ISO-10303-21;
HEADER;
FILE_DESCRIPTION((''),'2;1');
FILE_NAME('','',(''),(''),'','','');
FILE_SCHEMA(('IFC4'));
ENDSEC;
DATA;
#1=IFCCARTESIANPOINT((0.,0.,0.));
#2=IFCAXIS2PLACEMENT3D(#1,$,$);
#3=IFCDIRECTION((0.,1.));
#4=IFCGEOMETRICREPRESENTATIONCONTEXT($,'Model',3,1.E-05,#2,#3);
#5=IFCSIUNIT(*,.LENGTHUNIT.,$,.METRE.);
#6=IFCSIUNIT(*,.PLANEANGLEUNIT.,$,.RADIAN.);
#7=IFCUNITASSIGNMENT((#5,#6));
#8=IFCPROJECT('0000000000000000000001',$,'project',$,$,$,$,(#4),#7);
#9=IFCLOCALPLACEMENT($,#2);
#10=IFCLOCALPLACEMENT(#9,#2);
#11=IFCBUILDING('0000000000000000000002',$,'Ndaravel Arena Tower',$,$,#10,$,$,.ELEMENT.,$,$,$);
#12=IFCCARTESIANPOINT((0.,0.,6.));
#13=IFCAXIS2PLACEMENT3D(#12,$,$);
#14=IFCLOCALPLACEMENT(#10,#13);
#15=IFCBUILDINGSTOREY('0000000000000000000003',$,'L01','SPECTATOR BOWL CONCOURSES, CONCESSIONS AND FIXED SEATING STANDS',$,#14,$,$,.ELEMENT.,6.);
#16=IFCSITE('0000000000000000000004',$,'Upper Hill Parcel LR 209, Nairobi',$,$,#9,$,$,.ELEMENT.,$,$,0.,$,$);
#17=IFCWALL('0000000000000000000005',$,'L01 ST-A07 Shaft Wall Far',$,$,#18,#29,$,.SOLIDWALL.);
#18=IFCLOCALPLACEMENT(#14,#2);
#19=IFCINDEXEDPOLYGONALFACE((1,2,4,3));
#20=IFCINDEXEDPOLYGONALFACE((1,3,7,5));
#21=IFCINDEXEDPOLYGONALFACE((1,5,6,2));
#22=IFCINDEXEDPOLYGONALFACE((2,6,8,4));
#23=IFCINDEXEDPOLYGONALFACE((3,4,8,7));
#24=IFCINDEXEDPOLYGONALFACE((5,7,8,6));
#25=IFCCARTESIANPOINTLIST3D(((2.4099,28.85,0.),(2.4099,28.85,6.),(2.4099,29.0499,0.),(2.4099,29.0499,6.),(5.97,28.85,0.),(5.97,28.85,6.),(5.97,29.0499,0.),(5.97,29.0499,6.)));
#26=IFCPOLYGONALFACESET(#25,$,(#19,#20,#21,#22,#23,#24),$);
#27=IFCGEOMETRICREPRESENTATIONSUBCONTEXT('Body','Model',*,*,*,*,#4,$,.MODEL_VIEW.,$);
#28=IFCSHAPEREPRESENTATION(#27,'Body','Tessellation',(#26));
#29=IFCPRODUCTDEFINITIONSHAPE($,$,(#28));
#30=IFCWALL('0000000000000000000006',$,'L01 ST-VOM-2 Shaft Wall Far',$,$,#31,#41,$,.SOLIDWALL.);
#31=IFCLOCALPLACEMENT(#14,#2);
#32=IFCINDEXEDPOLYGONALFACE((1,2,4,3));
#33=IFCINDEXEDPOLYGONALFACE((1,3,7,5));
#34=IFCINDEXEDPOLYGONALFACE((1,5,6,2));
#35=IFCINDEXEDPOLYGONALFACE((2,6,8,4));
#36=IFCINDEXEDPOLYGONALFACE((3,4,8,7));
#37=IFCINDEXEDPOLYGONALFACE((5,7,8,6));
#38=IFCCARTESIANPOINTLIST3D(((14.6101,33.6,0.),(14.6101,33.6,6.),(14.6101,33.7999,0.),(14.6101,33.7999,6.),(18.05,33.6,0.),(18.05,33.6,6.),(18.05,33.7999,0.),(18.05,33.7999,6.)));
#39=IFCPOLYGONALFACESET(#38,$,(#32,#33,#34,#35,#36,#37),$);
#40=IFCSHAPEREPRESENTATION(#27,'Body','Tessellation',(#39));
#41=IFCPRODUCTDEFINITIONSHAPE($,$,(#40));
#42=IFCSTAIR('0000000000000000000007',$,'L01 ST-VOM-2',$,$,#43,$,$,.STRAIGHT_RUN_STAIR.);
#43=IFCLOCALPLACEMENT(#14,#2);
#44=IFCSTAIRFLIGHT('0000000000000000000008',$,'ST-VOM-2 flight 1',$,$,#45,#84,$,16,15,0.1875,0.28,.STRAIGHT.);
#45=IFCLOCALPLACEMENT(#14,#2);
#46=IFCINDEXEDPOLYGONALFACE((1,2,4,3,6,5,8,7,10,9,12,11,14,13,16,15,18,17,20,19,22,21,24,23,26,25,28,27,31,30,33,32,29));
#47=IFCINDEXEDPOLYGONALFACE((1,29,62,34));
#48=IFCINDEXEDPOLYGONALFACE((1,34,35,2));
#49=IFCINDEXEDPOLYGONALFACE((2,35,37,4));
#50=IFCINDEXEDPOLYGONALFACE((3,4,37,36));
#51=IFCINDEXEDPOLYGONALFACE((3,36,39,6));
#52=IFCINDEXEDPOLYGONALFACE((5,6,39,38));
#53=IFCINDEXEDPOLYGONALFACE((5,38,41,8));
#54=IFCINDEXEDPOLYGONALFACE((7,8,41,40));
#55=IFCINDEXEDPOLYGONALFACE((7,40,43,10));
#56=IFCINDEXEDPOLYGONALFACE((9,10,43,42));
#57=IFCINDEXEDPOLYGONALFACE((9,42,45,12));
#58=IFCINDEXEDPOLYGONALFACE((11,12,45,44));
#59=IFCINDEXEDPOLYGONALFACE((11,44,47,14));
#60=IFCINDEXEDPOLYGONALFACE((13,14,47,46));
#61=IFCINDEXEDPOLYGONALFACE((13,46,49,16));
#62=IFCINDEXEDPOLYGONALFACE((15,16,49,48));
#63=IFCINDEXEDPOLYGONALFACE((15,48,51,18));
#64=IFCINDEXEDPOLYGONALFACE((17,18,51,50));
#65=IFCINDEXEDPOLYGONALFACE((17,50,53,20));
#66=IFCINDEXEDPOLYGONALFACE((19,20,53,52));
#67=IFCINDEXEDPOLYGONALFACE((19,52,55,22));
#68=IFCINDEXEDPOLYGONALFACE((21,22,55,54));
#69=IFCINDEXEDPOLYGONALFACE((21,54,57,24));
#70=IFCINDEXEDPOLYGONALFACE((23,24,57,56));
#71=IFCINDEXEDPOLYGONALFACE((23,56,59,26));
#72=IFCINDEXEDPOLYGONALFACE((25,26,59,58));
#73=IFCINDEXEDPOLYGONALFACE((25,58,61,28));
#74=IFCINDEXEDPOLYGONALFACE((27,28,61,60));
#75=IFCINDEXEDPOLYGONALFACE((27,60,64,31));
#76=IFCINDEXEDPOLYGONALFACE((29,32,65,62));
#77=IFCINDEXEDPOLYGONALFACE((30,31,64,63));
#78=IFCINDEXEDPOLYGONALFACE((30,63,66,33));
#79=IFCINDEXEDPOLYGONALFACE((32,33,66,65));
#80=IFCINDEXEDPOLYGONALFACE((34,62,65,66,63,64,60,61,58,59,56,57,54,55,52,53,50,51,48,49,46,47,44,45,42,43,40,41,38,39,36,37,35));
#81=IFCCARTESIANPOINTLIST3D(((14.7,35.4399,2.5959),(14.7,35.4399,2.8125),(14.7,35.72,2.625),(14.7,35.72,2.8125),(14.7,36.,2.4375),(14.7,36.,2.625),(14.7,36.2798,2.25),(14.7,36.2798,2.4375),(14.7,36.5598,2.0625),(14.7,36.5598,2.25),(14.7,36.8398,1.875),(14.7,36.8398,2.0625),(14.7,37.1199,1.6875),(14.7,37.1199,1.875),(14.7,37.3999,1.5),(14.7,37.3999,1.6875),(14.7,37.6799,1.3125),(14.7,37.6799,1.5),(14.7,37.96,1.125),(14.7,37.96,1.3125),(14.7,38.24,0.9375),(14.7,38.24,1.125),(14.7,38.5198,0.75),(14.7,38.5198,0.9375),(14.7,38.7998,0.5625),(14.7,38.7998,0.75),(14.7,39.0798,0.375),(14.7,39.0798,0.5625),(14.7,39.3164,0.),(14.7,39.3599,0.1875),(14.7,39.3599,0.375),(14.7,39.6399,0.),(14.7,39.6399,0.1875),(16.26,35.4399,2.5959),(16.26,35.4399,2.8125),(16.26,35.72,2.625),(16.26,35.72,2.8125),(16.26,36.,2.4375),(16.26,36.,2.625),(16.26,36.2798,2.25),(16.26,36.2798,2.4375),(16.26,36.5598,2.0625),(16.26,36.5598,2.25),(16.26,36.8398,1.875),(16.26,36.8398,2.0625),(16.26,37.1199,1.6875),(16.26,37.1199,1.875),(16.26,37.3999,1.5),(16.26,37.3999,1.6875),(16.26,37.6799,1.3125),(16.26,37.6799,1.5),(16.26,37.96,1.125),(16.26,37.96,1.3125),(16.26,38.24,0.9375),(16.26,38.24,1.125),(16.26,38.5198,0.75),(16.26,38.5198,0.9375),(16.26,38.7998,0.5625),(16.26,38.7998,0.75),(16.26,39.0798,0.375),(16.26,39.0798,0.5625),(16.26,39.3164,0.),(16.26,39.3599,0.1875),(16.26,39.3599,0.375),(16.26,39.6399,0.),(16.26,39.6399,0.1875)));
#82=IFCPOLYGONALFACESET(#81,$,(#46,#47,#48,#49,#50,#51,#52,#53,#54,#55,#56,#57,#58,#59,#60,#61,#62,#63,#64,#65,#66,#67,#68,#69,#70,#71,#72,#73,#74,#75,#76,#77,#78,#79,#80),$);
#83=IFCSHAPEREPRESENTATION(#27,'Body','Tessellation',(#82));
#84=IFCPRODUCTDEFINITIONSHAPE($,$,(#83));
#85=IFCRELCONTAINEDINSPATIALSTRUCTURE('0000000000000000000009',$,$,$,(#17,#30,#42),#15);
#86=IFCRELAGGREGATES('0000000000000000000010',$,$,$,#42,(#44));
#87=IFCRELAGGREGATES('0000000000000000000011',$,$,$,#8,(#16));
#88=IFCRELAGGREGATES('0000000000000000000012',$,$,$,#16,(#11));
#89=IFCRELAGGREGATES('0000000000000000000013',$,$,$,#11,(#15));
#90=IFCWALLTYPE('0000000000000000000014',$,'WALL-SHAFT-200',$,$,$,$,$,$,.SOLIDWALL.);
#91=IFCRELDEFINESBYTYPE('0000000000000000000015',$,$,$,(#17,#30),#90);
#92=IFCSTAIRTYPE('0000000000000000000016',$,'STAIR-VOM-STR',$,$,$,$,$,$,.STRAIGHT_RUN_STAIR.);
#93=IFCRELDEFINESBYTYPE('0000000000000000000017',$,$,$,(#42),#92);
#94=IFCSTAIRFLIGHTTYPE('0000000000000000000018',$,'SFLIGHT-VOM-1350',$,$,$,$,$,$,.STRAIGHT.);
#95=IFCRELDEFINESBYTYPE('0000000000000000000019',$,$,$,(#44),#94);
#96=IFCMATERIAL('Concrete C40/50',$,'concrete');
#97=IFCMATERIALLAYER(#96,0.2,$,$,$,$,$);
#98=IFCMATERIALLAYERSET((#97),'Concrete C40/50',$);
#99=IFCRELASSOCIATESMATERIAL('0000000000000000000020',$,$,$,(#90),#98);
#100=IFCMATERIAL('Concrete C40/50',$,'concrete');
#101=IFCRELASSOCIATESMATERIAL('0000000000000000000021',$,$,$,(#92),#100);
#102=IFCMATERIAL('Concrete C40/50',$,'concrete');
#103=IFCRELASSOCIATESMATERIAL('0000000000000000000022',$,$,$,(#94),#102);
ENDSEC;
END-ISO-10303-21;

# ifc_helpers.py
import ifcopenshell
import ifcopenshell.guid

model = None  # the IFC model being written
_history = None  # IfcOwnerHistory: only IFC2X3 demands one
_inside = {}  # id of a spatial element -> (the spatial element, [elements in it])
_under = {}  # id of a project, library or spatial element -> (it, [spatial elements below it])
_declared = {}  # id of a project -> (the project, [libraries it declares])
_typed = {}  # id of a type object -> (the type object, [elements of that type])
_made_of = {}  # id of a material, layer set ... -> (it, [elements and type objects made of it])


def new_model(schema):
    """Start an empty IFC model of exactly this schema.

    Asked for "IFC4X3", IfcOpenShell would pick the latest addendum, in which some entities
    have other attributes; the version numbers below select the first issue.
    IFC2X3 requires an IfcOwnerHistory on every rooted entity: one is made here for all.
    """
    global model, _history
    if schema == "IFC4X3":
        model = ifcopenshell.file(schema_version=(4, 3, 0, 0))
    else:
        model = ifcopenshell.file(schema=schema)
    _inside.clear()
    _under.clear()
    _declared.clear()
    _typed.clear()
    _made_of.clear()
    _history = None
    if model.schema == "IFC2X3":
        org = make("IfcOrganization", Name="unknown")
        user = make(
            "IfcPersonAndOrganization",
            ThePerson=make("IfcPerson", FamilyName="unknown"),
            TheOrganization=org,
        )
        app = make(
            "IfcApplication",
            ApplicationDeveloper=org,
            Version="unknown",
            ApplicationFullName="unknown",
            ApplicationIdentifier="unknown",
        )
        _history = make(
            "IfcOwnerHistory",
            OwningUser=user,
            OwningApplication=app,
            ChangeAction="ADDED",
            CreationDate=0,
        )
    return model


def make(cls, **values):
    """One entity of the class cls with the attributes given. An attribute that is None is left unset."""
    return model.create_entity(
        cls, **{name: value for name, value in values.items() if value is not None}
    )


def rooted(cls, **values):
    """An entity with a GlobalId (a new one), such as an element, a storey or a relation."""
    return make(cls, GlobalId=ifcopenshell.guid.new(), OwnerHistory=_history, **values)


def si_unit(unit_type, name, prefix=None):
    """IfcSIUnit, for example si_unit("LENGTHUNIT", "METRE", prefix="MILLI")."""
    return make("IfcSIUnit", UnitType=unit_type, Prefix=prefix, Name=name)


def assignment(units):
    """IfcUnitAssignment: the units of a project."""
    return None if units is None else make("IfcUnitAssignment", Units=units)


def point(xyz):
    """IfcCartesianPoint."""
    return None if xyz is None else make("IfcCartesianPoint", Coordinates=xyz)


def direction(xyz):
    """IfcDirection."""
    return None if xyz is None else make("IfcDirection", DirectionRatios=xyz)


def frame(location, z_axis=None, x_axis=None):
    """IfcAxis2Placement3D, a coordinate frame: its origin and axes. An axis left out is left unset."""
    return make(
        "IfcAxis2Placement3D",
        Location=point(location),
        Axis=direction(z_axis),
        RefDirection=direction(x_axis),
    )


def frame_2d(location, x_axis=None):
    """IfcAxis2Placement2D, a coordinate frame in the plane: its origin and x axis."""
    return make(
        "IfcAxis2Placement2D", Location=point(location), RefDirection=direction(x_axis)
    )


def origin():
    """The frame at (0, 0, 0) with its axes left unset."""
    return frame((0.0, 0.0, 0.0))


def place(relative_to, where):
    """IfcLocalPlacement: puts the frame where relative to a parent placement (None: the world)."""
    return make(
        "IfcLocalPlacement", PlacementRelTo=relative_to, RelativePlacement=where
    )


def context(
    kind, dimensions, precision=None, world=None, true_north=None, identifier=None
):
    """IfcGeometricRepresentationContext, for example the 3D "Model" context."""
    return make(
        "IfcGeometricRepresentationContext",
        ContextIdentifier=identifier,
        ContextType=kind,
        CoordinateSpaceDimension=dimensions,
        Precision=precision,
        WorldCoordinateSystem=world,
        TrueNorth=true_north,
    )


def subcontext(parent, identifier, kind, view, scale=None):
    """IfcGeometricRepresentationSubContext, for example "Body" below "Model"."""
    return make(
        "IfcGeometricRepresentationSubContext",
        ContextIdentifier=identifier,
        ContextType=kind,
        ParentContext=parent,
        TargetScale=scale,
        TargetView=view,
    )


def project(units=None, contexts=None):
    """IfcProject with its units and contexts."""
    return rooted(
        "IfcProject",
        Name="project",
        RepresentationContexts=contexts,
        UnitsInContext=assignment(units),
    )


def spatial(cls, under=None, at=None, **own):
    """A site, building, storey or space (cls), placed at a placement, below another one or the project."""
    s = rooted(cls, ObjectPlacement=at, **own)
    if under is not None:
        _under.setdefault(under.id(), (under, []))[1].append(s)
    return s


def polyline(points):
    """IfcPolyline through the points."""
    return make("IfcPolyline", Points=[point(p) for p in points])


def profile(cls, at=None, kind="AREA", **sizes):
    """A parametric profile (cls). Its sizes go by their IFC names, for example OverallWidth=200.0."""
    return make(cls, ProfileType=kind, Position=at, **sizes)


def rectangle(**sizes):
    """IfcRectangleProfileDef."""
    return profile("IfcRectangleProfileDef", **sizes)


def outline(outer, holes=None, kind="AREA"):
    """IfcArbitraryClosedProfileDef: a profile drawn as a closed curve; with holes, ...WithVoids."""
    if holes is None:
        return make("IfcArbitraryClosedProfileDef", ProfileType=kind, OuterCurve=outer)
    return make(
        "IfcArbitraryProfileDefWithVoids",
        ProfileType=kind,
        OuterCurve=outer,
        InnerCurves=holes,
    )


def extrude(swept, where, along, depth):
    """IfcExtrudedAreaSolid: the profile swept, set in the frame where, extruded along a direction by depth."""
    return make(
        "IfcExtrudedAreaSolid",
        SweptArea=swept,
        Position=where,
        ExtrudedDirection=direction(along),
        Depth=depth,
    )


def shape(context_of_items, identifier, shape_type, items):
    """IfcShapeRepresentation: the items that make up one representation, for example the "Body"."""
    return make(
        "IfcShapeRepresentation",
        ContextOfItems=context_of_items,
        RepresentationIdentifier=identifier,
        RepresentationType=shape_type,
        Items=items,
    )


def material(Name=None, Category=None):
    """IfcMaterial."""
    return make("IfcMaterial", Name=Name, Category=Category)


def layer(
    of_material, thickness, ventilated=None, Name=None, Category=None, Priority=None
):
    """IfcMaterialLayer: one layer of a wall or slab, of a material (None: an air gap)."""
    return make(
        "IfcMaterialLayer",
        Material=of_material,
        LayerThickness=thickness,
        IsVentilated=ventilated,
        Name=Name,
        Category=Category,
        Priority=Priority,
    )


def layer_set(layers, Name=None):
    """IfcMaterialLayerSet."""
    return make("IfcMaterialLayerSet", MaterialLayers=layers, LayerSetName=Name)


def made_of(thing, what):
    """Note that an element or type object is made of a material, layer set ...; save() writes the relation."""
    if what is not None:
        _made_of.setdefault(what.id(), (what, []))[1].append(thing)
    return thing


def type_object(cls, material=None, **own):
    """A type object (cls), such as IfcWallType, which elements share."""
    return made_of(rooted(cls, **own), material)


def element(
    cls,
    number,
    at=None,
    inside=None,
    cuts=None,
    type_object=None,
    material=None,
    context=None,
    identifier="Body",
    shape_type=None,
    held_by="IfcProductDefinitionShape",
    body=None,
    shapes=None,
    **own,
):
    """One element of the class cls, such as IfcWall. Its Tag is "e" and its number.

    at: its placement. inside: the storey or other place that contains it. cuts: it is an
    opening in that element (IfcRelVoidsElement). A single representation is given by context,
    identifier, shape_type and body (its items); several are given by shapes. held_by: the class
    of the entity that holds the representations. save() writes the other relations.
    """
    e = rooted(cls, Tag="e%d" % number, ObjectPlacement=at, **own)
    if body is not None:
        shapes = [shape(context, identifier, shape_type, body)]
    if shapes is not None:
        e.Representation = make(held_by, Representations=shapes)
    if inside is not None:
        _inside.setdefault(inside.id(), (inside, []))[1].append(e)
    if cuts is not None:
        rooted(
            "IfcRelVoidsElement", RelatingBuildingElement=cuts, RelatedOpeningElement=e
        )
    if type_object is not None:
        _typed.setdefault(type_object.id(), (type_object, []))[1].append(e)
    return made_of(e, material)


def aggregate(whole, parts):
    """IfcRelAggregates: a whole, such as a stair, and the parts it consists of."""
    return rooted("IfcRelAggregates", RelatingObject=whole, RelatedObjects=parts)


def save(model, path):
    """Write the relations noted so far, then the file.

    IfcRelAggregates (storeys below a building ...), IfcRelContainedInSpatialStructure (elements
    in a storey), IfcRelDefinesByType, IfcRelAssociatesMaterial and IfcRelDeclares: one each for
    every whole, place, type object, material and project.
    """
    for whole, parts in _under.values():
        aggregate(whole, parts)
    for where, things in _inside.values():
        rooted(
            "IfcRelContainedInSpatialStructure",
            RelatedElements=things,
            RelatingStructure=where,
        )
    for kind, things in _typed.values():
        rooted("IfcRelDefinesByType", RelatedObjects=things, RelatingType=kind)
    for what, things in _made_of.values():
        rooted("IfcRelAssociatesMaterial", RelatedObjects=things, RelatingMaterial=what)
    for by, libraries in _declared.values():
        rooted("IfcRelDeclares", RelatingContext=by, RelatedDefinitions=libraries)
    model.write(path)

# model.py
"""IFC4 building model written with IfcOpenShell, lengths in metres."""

from ifc_helpers import new_model, si_unit, direction, frame, frame_2d, origin, place, context, subcontext, project, spatial, polyline, rectangle, outline, extrude, material, layer, layer_set, type_object, element, aggregate, save


model = new_model("IFC4")

# Units and contexts
model_context = context("Model", 3, precision=1e-05, world=origin(), true_north=direction((0.0, 1.0)))
body_context = subcontext(model_context, "Body", "Model", "MODEL_VIEW")
ifc_project = project(units=[si_unit("LENGTHUNIT", "METRE"), si_unit("PLANEANGLEUNIT", "RADIAN")], contexts=[model_context])

# Site, building, storey
site_placement = place(None, origin())
site = spatial("IfcSite", under=ifc_project, at=site_placement, Name="Upper Hill Parcel LR 209, Nairobi", CompositionType="ELEMENT", RefElevation=0.0)
building_placement = place(site_placement, origin())
building = spatial("IfcBuilding", under=site, at=building_placement, Name="Ndaravel Arena Tower", CompositionType="ELEMENT")
storey_placement = place(building_placement, frame((0.0, 0.0, 6.0)))
storey = spatial("IfcBuildingStorey", under=building, at=storey_placement, Name="L01", Description="SPECTATOR BOWL CONCOURSES, CONCESSIONS AND FIXED SEATING STANDS", CompositionType="ELEMENT", Elevation=6.0)

# Walls
ifc_material_1 = material(Name="Concrete C40/50", Category="concrete")
ifc_layer_1 = layer(ifc_material_1, 0.2)
ifc_layer_set_1 = layer_set([ifc_layer_1], Name="Concrete C40/50")
wall_type_1 = type_object("IfcWallType", Name="WALL-SHAFT-200", PredefinedType="SOLIDWALL", material=ifc_layer_set_1)
wall_1_placement = place(storey_placement, frame((5.97, 28.95, 0.0), z_axis=(0.0, 0.0, 1.0), x_axis=(-1.0, 0.0, 0.0)))
element("IfcWall", 1, at=wall_1_placement, inside=storey, type_object=wall_type_1, Name="L01 ST-A07 Shaft Wall Far", PredefinedType="SOLIDWALL", context=body_context, shape_type="SweptSolid", body=[
    extrude(rectangle(XDim=3.5601, YDim=0.2, at=frame_2d((1.78, 0.0))), origin(), (0.0, 0.0, 1.0), 6.0),
])
wall_2_placement = place(storey_placement, frame((14.6101, 33.7, 0.0), z_axis=(0.0, 0.0, 1.0), x_axis=(1.0, 0.0, 0.0)))
element("IfcWall", 2, at=wall_2_placement, inside=storey, type_object=wall_type_1, Name="L01 ST-VOM-2 Shaft Wall Far", PredefinedType="SOLIDWALL", context=body_context, shape_type="SweptSolid", body=[
    extrude(rectangle(XDim=3.4399, YDim=0.2, at=frame_2d((1.72, 0.0))), origin(), (0.0, 0.0, 1.0), 6.0),
])

# Stair, stair flight
ifc_material_2 = material(Name="Concrete C40/50", Category="concrete")
stair_type = type_object("IfcStairType", Name="STAIR-VOM-STR", PredefinedType="STRAIGHT_RUN_STAIR", material=ifc_material_2)
stair_placement = place(storey_placement, origin())
stair = element("IfcStair", 3, at=stair_placement, inside=storey, type_object=stair_type, Name="L01 ST-VOM-2", PredefinedType="STRAIGHT_RUN_STAIR")
ifc_material_3 = material(Name="Concrete C40/50", Category="concrete")
stair_flight_type = type_object("IfcStairFlightType", Name="SFLIGHT-VOM-1350", PredefinedType="STRAIGHT", material=ifc_material_3)
stair_flight_placement = place(storey_placement, frame((15.48, 39.6399, 0.0), z_axis=(0.0, 0.0, 1.0), x_axis=(0.0, -1.0, 0.0)))
stair_flight = element("IfcStairFlight", 4, at=stair_flight_placement, type_object=stair_flight_type, Name="ST-VOM-2 flight 1", NumberOfRisers=16, NumberOfTreads=15, PredefinedType="STRAIGHT", RiserHeight=0.1875, TreadLength=0.28, context=body_context, shape_type="SweptSolid", body=[
    extrude(outline(polyline([(0.0, 0.0), (0.0, 0.1875), (0.28, 0.1875), (0.28, 0.375), (0.5601, 0.375), (0.5601, 0.5625), (0.8401, 0.5625), (0.8401, 0.75), (1.1201, 0.75), (1.1201, 0.9375), (1.3999, 0.9375), (1.3999, 1.125), (1.6799, 1.125), (1.6799, 1.3125), (1.96, 1.3125), (1.96, 1.5), (2.24, 1.5), (2.24, 1.6875), (2.52, 1.6875), (2.52, 1.875), (2.8, 1.875), (2.8, 2.0625), (3.0801, 2.0625), (3.0801, 2.25), (3.3601, 2.25), (3.3601, 2.4375), (3.6399, 2.4375), (3.6399, 2.625), (3.9199, 2.625), (3.9199, 2.8125), (4.2, 2.8125), (4.2, 3.0), (4.2, 2.5959), (0.3235, 0.0), (0.0, 0.0)])), frame((0.0, 0.78, 0.0), z_axis=(0.0, -1.0, 0.0), x_axis=(1.0, 0.0, 0.0)), (0.0, 0.0, 1.0), 1.5601),
])
aggregate(stair, [stair_flight])

save(model, "model.ifc")
